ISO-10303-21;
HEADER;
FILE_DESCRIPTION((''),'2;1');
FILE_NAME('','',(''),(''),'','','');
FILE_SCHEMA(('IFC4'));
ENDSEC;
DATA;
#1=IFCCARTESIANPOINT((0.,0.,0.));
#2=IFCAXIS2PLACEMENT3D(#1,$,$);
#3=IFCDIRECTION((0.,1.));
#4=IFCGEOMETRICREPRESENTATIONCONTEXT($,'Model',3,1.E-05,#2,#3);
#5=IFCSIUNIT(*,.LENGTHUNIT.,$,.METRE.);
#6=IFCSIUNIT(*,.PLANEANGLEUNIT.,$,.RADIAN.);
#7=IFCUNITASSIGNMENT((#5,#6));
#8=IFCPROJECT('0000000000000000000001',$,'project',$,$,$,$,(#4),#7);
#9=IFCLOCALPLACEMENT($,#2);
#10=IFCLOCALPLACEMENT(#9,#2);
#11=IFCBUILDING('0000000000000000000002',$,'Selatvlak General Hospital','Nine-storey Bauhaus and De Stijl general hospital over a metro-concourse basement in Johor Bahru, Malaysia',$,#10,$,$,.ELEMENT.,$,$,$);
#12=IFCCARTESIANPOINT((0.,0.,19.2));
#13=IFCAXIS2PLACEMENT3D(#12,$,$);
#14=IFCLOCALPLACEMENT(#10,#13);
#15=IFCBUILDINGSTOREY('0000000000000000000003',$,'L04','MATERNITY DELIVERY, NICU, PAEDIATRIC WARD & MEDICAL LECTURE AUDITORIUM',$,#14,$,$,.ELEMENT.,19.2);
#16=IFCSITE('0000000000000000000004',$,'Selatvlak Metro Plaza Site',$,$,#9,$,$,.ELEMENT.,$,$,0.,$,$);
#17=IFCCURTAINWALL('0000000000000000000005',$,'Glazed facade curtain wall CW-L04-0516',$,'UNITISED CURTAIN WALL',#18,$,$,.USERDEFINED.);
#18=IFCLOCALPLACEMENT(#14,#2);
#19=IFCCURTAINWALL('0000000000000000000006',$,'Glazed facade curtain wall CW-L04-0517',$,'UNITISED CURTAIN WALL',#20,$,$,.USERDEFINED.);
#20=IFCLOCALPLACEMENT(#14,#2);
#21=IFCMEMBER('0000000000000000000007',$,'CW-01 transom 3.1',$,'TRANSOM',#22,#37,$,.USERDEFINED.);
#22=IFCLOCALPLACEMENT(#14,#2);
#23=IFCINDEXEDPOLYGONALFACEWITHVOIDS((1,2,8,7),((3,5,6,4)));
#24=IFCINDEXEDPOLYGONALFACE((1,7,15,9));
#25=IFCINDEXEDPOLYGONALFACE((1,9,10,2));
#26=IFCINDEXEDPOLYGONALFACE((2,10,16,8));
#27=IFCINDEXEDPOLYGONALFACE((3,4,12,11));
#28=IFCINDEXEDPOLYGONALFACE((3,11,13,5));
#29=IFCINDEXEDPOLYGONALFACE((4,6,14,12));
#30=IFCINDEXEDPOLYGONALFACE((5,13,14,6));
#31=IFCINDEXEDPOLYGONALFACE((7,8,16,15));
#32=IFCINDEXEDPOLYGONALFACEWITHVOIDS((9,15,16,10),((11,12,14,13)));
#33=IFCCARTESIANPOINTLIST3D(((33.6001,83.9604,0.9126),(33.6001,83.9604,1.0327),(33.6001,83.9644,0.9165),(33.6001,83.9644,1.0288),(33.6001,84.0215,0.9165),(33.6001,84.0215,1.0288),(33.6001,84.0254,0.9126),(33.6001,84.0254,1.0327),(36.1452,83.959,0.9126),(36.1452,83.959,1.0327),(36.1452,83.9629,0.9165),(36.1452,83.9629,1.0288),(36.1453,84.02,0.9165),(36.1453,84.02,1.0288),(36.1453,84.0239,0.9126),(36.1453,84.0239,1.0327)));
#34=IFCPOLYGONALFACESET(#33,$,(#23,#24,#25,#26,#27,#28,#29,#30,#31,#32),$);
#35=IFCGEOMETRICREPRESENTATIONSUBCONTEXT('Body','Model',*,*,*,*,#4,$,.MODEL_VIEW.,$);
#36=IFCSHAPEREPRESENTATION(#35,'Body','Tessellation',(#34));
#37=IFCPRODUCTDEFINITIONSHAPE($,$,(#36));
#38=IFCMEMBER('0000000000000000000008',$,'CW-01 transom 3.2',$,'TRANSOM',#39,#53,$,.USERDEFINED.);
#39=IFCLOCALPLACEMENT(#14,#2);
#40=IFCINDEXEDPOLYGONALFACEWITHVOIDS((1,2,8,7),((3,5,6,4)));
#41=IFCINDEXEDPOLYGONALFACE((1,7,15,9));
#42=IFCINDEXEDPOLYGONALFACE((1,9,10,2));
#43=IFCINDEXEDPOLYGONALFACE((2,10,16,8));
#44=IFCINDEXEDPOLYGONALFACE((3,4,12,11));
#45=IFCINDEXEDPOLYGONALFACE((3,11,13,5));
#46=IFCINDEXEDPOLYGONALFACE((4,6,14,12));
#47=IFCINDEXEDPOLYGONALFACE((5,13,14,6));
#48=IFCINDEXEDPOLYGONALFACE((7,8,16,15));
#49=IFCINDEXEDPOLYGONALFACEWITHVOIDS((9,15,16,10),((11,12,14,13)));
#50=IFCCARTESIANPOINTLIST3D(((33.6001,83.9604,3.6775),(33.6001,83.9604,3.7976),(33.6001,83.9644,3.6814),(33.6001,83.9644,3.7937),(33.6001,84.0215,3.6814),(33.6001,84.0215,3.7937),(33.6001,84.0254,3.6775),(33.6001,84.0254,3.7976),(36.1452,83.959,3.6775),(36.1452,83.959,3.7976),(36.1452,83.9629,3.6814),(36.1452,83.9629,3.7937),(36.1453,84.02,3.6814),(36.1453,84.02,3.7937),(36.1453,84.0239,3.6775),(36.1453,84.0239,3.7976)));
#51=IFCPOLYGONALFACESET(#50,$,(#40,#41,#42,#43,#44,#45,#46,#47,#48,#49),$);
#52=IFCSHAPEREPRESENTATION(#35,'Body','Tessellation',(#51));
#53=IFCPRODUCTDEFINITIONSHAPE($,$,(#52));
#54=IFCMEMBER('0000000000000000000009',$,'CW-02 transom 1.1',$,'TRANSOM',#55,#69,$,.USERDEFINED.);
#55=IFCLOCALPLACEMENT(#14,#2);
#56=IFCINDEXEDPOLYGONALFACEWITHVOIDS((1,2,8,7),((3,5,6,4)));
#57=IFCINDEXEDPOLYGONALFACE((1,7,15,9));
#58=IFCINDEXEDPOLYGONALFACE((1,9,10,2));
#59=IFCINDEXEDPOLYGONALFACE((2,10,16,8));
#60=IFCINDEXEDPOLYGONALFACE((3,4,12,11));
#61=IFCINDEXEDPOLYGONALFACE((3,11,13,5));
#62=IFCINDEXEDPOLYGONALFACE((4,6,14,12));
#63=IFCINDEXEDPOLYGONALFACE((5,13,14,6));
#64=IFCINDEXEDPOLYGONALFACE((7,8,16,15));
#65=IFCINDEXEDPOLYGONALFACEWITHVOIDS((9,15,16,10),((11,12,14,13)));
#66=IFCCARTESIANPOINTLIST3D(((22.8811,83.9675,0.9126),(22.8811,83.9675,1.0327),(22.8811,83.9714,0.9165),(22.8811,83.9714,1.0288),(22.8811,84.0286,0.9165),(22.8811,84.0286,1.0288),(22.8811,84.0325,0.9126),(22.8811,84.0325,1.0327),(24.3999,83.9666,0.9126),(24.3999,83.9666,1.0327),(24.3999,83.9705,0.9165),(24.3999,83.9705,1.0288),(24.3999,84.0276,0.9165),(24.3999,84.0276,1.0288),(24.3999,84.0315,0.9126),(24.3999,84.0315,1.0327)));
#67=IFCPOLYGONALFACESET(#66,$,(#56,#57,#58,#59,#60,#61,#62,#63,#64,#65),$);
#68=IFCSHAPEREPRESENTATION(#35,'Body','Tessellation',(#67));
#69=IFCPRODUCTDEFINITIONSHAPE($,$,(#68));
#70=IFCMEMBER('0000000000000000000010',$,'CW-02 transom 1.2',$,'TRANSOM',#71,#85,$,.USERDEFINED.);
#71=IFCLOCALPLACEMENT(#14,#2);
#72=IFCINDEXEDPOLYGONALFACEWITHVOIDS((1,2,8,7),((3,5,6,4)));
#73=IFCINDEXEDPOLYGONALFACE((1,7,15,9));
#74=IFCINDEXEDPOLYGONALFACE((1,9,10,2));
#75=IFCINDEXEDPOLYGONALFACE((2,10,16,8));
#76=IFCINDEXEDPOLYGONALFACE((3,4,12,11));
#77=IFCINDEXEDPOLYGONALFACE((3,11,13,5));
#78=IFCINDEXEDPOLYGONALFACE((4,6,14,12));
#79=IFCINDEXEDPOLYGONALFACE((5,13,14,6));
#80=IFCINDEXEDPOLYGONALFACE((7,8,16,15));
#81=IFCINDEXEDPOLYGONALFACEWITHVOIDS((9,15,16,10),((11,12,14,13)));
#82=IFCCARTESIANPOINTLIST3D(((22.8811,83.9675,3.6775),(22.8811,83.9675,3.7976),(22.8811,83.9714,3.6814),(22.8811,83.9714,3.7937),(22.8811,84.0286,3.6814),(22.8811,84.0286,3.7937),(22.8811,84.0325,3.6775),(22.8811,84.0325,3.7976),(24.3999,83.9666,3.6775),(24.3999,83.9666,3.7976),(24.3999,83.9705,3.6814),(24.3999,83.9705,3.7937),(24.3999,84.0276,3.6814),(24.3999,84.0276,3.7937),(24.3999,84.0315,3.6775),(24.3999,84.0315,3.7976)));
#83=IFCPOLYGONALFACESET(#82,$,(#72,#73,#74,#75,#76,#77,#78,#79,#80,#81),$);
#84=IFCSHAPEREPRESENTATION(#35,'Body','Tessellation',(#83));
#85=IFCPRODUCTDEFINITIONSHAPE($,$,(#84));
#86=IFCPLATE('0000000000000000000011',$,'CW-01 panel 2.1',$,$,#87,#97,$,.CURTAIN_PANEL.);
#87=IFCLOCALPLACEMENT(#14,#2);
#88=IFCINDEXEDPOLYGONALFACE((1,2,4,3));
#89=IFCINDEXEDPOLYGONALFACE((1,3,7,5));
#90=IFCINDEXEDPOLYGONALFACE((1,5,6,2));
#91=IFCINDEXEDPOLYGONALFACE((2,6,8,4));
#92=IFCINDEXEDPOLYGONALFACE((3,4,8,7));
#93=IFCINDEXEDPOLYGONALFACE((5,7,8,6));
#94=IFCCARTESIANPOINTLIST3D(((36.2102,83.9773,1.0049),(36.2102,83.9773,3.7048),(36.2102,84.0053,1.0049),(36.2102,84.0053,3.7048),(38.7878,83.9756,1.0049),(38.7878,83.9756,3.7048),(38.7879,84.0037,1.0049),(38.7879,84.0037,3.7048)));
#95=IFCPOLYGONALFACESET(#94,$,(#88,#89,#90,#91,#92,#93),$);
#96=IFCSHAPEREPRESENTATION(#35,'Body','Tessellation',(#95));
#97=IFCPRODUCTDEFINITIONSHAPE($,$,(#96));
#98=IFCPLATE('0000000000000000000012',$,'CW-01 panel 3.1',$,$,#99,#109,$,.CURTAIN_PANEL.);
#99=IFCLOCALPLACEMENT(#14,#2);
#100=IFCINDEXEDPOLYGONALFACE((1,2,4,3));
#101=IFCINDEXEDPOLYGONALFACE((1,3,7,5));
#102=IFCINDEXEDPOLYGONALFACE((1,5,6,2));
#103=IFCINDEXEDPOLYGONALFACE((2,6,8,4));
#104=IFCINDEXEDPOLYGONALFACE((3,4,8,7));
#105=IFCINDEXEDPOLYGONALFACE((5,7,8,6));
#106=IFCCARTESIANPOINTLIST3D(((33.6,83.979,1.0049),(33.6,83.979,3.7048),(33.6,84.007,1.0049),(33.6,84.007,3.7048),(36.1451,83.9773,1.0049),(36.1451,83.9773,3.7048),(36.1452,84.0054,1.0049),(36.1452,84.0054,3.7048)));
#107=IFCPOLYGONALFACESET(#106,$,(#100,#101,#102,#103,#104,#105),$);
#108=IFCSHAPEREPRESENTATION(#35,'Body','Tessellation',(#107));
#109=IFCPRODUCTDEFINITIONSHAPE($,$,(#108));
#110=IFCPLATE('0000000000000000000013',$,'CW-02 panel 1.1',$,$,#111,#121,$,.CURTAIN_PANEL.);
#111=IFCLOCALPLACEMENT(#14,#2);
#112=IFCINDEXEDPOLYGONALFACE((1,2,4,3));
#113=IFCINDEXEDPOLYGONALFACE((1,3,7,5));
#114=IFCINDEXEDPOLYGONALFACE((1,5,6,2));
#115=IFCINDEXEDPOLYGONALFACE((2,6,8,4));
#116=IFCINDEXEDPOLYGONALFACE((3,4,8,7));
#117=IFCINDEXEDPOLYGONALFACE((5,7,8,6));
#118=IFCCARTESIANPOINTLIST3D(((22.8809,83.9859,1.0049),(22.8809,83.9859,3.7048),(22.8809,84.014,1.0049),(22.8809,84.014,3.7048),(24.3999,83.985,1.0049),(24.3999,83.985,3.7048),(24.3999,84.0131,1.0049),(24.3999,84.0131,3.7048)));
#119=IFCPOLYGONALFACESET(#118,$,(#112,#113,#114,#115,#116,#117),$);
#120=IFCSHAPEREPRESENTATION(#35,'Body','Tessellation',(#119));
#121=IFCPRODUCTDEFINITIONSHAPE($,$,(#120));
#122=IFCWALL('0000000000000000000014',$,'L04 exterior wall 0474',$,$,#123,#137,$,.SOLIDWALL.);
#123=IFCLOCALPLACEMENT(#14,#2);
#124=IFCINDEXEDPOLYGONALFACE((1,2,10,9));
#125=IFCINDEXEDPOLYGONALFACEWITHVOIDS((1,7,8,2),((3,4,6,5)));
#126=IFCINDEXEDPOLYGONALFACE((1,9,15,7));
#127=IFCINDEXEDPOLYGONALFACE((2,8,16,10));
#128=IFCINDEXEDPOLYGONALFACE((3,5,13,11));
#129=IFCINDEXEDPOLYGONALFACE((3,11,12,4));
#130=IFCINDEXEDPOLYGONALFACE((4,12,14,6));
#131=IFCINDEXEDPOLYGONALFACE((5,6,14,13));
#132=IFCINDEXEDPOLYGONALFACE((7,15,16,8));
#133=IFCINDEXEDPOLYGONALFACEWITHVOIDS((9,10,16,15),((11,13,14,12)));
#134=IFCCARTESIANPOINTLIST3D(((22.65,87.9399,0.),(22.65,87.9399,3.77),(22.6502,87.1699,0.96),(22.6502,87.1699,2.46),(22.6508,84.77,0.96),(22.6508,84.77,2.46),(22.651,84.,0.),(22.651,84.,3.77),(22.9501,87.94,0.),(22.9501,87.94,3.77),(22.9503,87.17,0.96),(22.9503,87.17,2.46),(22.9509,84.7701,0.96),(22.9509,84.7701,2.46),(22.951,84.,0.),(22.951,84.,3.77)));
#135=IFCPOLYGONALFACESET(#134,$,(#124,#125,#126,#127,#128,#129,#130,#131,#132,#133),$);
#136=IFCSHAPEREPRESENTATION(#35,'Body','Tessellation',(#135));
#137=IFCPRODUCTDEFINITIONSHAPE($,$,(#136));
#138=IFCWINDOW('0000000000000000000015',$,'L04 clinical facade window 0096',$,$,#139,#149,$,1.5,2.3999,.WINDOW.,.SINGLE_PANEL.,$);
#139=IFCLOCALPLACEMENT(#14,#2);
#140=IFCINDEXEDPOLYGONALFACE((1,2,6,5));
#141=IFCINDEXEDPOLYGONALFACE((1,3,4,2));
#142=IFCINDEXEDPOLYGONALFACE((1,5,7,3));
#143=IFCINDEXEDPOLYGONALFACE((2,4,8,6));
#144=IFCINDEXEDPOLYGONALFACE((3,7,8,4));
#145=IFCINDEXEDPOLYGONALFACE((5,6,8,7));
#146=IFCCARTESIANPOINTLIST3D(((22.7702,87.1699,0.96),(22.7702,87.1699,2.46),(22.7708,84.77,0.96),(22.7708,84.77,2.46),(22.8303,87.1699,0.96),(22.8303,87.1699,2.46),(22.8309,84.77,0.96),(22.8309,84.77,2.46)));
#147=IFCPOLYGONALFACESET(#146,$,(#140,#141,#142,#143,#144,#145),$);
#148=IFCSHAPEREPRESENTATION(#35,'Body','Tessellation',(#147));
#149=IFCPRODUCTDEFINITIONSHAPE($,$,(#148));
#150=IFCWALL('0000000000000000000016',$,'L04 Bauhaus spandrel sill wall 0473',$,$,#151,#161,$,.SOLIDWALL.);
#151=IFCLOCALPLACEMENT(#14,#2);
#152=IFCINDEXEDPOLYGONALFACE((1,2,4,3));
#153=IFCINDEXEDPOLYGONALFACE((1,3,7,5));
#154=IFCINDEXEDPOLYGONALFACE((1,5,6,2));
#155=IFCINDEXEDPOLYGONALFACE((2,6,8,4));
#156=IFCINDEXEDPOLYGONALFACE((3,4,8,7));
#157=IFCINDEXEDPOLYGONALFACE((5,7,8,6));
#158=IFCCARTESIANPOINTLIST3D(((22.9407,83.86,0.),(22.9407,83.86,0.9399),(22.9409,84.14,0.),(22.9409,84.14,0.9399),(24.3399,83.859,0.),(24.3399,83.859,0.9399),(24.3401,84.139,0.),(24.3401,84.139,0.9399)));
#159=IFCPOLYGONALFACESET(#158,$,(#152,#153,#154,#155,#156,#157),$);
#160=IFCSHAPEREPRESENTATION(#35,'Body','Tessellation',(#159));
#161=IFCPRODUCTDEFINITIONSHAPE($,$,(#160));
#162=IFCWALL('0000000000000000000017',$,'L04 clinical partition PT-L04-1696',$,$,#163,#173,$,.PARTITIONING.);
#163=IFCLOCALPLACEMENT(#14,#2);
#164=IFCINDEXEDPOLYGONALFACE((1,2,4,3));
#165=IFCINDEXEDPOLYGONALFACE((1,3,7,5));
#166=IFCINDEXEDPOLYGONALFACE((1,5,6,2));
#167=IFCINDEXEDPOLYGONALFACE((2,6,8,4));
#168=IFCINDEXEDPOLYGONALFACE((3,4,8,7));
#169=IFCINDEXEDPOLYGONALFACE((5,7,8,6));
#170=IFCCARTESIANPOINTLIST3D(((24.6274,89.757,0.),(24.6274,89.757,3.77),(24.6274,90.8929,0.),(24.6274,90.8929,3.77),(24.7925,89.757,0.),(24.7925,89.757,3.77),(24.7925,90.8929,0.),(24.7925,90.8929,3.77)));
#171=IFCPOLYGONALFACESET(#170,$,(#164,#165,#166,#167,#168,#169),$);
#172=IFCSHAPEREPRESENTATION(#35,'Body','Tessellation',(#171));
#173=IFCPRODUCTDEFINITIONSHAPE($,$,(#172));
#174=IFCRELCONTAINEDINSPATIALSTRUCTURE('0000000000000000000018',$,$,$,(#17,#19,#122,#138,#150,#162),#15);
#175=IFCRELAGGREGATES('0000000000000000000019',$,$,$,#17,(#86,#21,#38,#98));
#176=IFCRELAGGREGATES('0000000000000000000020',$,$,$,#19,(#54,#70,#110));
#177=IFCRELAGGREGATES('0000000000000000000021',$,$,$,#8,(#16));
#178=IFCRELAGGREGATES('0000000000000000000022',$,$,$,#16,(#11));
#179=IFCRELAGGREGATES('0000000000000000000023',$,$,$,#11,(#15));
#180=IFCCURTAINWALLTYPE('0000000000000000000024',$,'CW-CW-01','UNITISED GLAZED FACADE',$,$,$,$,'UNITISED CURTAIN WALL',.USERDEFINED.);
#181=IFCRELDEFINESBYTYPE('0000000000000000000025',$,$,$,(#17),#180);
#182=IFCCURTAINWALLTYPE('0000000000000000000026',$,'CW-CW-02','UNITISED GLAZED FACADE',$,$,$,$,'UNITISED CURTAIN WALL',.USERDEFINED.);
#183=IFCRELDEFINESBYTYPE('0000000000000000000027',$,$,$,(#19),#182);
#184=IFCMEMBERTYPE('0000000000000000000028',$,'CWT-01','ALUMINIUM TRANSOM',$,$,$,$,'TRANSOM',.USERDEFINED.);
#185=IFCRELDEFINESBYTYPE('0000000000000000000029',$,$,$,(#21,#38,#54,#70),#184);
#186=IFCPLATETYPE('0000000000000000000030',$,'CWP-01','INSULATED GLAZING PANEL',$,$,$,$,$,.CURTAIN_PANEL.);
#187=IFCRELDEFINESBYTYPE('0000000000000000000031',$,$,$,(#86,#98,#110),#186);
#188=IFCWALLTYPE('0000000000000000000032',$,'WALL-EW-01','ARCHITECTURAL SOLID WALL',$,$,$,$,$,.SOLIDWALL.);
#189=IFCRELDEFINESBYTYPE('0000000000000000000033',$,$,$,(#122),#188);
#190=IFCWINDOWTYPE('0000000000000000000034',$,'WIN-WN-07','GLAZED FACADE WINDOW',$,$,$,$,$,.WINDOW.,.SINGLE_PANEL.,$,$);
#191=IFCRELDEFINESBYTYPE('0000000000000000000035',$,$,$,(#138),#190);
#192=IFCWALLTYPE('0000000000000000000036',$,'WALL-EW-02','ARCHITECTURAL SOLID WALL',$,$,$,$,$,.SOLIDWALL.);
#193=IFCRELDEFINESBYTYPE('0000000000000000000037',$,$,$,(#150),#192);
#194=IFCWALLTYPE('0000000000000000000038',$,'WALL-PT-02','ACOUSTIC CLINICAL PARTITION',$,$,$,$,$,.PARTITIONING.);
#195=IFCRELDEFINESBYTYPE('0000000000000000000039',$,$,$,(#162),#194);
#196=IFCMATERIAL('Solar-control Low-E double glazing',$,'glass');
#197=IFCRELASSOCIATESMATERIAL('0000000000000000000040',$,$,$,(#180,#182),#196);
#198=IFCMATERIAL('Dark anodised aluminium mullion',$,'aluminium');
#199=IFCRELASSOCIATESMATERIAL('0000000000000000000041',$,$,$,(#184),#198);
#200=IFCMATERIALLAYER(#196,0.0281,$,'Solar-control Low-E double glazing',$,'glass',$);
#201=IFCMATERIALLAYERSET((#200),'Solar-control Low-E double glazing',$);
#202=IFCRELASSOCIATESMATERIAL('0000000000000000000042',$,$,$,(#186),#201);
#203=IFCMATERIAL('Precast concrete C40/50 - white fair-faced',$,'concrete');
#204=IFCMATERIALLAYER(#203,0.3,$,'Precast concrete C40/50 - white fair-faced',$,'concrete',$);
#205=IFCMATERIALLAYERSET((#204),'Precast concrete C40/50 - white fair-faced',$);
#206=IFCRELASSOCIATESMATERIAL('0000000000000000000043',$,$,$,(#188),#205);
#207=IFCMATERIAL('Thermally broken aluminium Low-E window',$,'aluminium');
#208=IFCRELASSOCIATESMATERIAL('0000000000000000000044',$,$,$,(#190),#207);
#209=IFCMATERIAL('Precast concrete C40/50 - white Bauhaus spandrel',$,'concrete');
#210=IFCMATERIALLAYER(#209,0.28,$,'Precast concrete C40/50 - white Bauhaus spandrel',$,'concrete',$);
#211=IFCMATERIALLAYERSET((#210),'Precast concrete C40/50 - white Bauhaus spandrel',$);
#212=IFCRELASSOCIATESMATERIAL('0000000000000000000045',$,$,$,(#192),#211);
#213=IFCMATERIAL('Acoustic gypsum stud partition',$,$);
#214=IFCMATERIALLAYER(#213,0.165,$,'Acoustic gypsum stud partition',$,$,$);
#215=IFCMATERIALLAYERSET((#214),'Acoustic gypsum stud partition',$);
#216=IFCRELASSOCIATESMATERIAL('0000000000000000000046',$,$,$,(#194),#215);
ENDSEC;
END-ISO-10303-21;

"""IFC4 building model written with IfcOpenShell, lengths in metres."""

from ifc_helpers import new_model, si_unit, direction, frame, frame_2d, origin, origin_2d, place, context, subcontext, project, spatial, rectangle, hollow_rectangle, extrude, material, layer, layer_set, material_profile, profile_set, type_object, element, fill, aggregate, save


model = new_model("IFC4")

# Units and contexts
model_context = context("Model", 3, precision=1e-05, world=origin(), true_north=direction((0.0, 1.0)))
body_context = subcontext(model_context, "Body", "Model", "MODEL_VIEW")
ifc_project = project(units=[si_unit("LENGTHUNIT", "METRE"), si_unit("PLANEANGLEUNIT", "RADIAN")], contexts=[model_context])

# Site, building, storey
site_placement = place(None, origin())
site = spatial("IfcSite", under=ifc_project, at=site_placement, Name="Selatvlak Metro Plaza Site", CompositionType="ELEMENT", RefElevation=0.0)
building_placement = place(site_placement, origin())
building = spatial("IfcBuilding", under=site, at=building_placement, Name="Selatvlak General Hospital", Description="Nine-storey Bauhaus and De Stijl general hospital over a metro-concourse basement in Johor Bahru, Malaysia", CompositionType="ELEMENT")
storey_placement = place(building_placement, frame((0.0, 0.0, 19.2)))
storey = spatial("IfcBuildingStorey", under=building, at=storey_placement, Name="L04", Description="MATERNITY DELIVERY, NICU, PAEDIATRIC WARD & MEDICAL LECTURE AUDITORIUM", CompositionType="ELEMENT", Elevation=19.2)

# Curtain walls
ifc_material_1 = material(Name="Solar-control Low-E double glazing", Category="glass")
curtain_wall_type_1 = type_object("IfcCurtainWallType", Name="CW-CW-01", Description="UNITISED GLAZED FACADE", ElementType="UNITISED CURTAIN WALL", PredefinedType="USERDEFINED", material=ifc_material_1)
curtain_wall_1_placement = place(storey_placement, origin())
curtain_wall_1 = element("IfcCurtainWall", 1, at=curtain_wall_1_placement, inside=storey, type_object=curtain_wall_type_1, Name="Glazed facade curtain wall CW-L04-0516", ObjectType="UNITISED CURTAIN WALL", PredefinedType="USERDEFINED")
ifc_material_2 = material(Name="Dark anodised aluminium mullion", Category="aluminium")
curtain_wall_type_2 = type_object("IfcCurtainWallType", Name="CW-CW-02", Description="UNITISED GLAZED FACADE", ElementType="UNITISED CURTAIN WALL", PredefinedType="USERDEFINED", material=ifc_material_1)
curtain_wall_2_placement = place(storey_placement, origin())
curtain_wall_2 = element("IfcCurtainWall", 2, at=curtain_wall_2_placement, inside=storey, type_object=curtain_wall_type_2, Name="Glazed facade curtain wall CW-L04-0517", ObjectType="UNITISED CURTAIN WALL", PredefinedType="USERDEFINED")

# Members
ifc_material_profile_1 = material_profile(ifc_material_2, hollow_rectangle(XDim=0.0649, YDim=0.1201, WallThickness=0.0039, at=origin_2d()), Name="AL-TRN 65x120x4")
ifc_profile_set_1 = profile_set([ifc_material_profile_1], Name="Dark anodised aluminium mullion")
member_type_1 = type_object("IfcMemberType", Name="CWT-01", Description="ALUMINIUM TRANSOM", ElementType="TRANSOM", PredefinedType="USERDEFINED", material=ifc_profile_set_1)
member_1_placement = place(storey_placement, frame((36.1453, 83.9915, 0.9727), z_axis=(-1.0, 0.000576, 0.0), x_axis=(-0.000576, -1.0, 0.0)))
member_1 = element("IfcMember", 3, at=member_1_placement, type_object=member_type_1, Name="CW-01 transom 3.1", ObjectType="TRANSOM", PredefinedType="USERDEFINED", context=body_context, shape_type="SweptSolid", body=[
    extrude(hollow_rectangle(XDim=0.0649, YDim=0.1201, WallThickness=0.0039, at=origin_2d()), origin(), (0.0, 0.0, 1.0), 2.5452),
])
member_2_placement = place(storey_placement, frame((36.1453, 83.9915, 3.7375), z_axis=(-1.0, 0.000576, 0.0), x_axis=(-0.000576, -1.0, 0.0)))
member_2 = element("IfcMember", 4, at=member_2_placement, type_object=member_type_1, Name="CW-01 transom 3.2", ObjectType="TRANSOM", PredefinedType="USERDEFINED", context=body_context, shape_type="SweptSolid", body=[
    extrude(hollow_rectangle(XDim=0.0649, YDim=0.1201, WallThickness=0.0039, at=origin_2d()), origin(), (0.0, 0.0, 1.0), 2.5452),
])
member_3_placement = place(storey_placement, frame((24.3999, 83.999, 0.9727), z_axis=(-1.0, 0.000643, 0.0), x_axis=(-0.000643, -1.0, 0.0)))
member_3 = element("IfcMember", 5, at=member_3_placement, type_object=member_type_1, Name="CW-02 transom 1.1", ObjectType="TRANSOM", PredefinedType="USERDEFINED", context=body_context, shape_type="SweptSolid", body=[
    extrude(hollow_rectangle(XDim=0.0649, YDim=0.1201, WallThickness=0.0039, at=origin_2d()), origin(), (0.0, 0.0, 1.0), 1.5188),
])
member_4_placement = place(storey_placement, frame((24.3999, 83.999, 3.7375), z_axis=(-1.0, 0.000643, 0.0), x_axis=(-0.000643, -1.0, 0.0)))
member_4 = element("IfcMember", 6, at=member_4_placement, type_object=member_type_1, Name="CW-02 transom 1.2", ObjectType="TRANSOM", PredefinedType="USERDEFINED", context=body_context, shape_type="SweptSolid", body=[
    extrude(hollow_rectangle(XDim=0.0649, YDim=0.1201, WallThickness=0.0039, at=origin_2d()), origin(), (0.0, 0.0, 1.0), 1.5188),
])

# Plates
ifc_layer_1 = layer(ifc_material_1, 0.0281, Name="Solar-control Low-E double glazing", Category="glass")
ifc_layer_set_1 = layer_set([ifc_layer_1], Name="Solar-control Low-E double glazing")
plate_type = type_object("IfcPlateType", Name="CWP-01", Description="INSULATED GLAZING PANEL", PredefinedType="CURTAIN_PANEL", material=ifc_layer_set_1)
plate_1_placement = place(storey_placement, frame((37.499, 83.9905, 1.0049), z_axis=(0.0, 0.0, 1.0), x_axis=(-1.0, 0.000631, 0.0)))
plate_1 = element("IfcPlate", 7, at=plate_1_placement, type_object=plate_type, Name="CW-01 panel 2.1", PredefinedType="CURTAIN_PANEL", context=body_context, shape_type="SweptSolid", body=[
    extrude(rectangle(XDim=2.5776, YDim=0.0281, at=origin_2d()), origin(), (0.0, 0.0, 1.0), 2.7),
])
plate_2_placement = place(storey_placement, frame((34.8726, 83.9922, 1.0049), z_axis=(0.0, 0.0, 1.0), x_axis=(-1.0, 0.000631, 0.0)))
plate_2 = element("IfcPlate", 8, at=plate_2_placement, type_object=plate_type, Name="CW-01 panel 3.1", PredefinedType="CURTAIN_PANEL", context=body_context, shape_type="SweptSolid", body=[
    extrude(rectangle(XDim=2.5452, YDim=0.0281, at=origin_2d()), origin(), (0.0, 0.0, 1.0), 2.7),
])
aggregate(curtain_wall_1, [plate_1, member_1, member_2, plate_2])
plate_3_placement = place(storey_placement, frame((23.6404, 83.9995, 1.0049), z_axis=(0.0, 0.0, 1.0), x_axis=(-1.0, 0.000606, 0.0)))
plate_3 = element("IfcPlate", 9, at=plate_3_placement, type_object=plate_type, Name="CW-02 panel 1.1", PredefinedType="CURTAIN_PANEL", context=body_context, shape_type="SweptSolid", body=[
    extrude(rectangle(XDim=1.519, YDim=0.0281, at=origin_2d()), origin(), (0.0, 0.0, 1.0), 2.7),
])
aggregate(curtain_wall_2, [member_3, member_4, plate_3])

# Wall, opening, window
ifc_material_3 = material(Name="Precast concrete C40/50 - white fair-faced", Category="concrete")
ifc_layer_2 = layer(ifc_material_3, 0.3, Name="Precast concrete C40/50 - white fair-faced", Category="concrete")
ifc_layer_set_2 = layer_set([ifc_layer_2], Name="Precast concrete C40/50 - white fair-faced")
wall_type_1 = type_object("IfcWallType", Name="WALL-EW-01", Description="ARCHITECTURAL SOLID WALL", PredefinedType="SOLIDWALL", material=ifc_layer_set_2)
wall_1_placement = place(storey_placement, frame((22.801, 84.0, 0.0), z_axis=(0.0, 0.0, 1.0), x_axis=(-0.000248, 1.0, 0.0)))
wall_1 = element("IfcWall", 10, at=wall_1_placement, inside=storey, type_object=wall_type_1, Name="L04 exterior wall 0474", PredefinedType="SOLIDWALL", context=body_context, shape_type="SweptSolid", body=[
    extrude(rectangle(XDim=3.9399, YDim=0.3, at=frame_2d((1.97, 0.0))), origin(), (0.0, 0.0, 1.0), 3.77),
])
opening_1_placement = place(wall_1_placement, frame((0.77, 0.0, 0.96)))
opening_1 = element("IfcOpeningElement", 11, at=opening_1_placement, cuts=wall_1, PredefinedType="OPENING", context=body_context, shape_type="SweptSolid", body=[
    extrude(rectangle(XDim=2.3999, YDim=1.5, at=frame_2d((1.2, 0.75))), frame((0.0, 0.1599, 0.0), z_axis=(0.0, -1.0, 0.0), x_axis=(1.0, 0.0, 0.0)), (0.0, 0.0, 1.0), 0.3201),
])
ifc_material_4 = material(Name="Thermally broken aluminium Low-E window", Category="aluminium")
window_type = type_object("IfcWindowType", Name="WIN-WN-07", Description="GLAZED FACADE WINDOW", PartitioningType="SINGLE_PANEL", PredefinedType="WINDOW", material=ifc_material_4)
window_placement = place(opening_1_placement, origin())
window = element("IfcWindow", 12, at=window_placement, inside=storey, type_object=window_type, Name="L04 clinical facade window 0096", OverallHeight=1.5, OverallWidth=2.3999, PartitioningType="SINGLE_PANEL", PredefinedType="WINDOW", context=body_context, shape_type="SweptSolid", body=[
    extrude(rectangle(XDim=2.3999, YDim=1.5, at=frame_2d((1.2, 0.75))), frame((0.0, 0.03, 0.0), z_axis=(0.0, -1.0, 0.0), x_axis=(1.0, 0.0, 0.0)), (0.0, 0.0, 1.0), 0.0601),
])
fill(opening_1, window)

# Walls
ifc_material_5 = material(Name="Precast concrete C40/50 - white Bauhaus spandrel", Category="concrete")
ifc_layer_3 = layer(ifc_material_5, 0.28, Name="Precast concrete C40/50 - white Bauhaus spandrel", Category="concrete")
ifc_layer_set_3 = layer_set([ifc_layer_3], Name="Precast concrete C40/50 - white Bauhaus spandrel")
wall_type_2 = type_object("IfcWallType", Name="WALL-EW-02", Description="ARCHITECTURAL SOLID WALL", PredefinedType="SOLIDWALL", material=ifc_layer_set_3)
wall_2_placement = place(storey_placement, frame((24.3401, 83.999, 0.0), z_axis=(0.0, 0.0, 1.0), x_axis=(-1.0, 0.000698, 0.0)))
element("IfcWall", 13, at=wall_2_placement, inside=storey, type_object=wall_type_2, Name="L04 Bauhaus spandrel sill wall 0473", PredefinedType="SOLIDWALL", context=body_context, shape_type="SweptSolid", body=[
    extrude(rectangle(XDim=1.3992, YDim=0.28, at=frame_2d((0.6997, 0.0))), origin(), (0.0, 0.0, 1.0), 0.9399),
])
ifc_material_6 = material(Name="Acoustic gypsum stud partition")
ifc_layer_4 = layer(ifc_material_6, 0.165, Name="Acoustic gypsum stud partition")
ifc_layer_set_4 = layer_set([ifc_layer_4], Name="Acoustic gypsum stud partition")
wall_type_3 = type_object("IfcWallType", Name="WALL-PT-02", Description="ACOUSTIC CLINICAL PARTITION", PredefinedType="PARTITIONING", material=ifc_layer_set_4)
wall_3_placement = place(storey_placement, frame((24.71, 89.7571, 0.0), z_axis=(0.0, 0.0, 1.0), x_axis=(0.0, 1.0, 0.0)))
element("IfcWall", 14, at=wall_3_placement, inside=storey, type_object=wall_type_3, Name="L04 clinical partition PT-L04-1696", PredefinedType="PARTITIONING", context=body_context, shape_type="SweptSolid", body=[
    extrude(rectangle(XDim=1.136, YDim=0.165, at=frame_2d((0.5679, 0.0))), origin(), (0.0, 0.0, 1.0), 3.77),
])

save(model, "model.ifc")
